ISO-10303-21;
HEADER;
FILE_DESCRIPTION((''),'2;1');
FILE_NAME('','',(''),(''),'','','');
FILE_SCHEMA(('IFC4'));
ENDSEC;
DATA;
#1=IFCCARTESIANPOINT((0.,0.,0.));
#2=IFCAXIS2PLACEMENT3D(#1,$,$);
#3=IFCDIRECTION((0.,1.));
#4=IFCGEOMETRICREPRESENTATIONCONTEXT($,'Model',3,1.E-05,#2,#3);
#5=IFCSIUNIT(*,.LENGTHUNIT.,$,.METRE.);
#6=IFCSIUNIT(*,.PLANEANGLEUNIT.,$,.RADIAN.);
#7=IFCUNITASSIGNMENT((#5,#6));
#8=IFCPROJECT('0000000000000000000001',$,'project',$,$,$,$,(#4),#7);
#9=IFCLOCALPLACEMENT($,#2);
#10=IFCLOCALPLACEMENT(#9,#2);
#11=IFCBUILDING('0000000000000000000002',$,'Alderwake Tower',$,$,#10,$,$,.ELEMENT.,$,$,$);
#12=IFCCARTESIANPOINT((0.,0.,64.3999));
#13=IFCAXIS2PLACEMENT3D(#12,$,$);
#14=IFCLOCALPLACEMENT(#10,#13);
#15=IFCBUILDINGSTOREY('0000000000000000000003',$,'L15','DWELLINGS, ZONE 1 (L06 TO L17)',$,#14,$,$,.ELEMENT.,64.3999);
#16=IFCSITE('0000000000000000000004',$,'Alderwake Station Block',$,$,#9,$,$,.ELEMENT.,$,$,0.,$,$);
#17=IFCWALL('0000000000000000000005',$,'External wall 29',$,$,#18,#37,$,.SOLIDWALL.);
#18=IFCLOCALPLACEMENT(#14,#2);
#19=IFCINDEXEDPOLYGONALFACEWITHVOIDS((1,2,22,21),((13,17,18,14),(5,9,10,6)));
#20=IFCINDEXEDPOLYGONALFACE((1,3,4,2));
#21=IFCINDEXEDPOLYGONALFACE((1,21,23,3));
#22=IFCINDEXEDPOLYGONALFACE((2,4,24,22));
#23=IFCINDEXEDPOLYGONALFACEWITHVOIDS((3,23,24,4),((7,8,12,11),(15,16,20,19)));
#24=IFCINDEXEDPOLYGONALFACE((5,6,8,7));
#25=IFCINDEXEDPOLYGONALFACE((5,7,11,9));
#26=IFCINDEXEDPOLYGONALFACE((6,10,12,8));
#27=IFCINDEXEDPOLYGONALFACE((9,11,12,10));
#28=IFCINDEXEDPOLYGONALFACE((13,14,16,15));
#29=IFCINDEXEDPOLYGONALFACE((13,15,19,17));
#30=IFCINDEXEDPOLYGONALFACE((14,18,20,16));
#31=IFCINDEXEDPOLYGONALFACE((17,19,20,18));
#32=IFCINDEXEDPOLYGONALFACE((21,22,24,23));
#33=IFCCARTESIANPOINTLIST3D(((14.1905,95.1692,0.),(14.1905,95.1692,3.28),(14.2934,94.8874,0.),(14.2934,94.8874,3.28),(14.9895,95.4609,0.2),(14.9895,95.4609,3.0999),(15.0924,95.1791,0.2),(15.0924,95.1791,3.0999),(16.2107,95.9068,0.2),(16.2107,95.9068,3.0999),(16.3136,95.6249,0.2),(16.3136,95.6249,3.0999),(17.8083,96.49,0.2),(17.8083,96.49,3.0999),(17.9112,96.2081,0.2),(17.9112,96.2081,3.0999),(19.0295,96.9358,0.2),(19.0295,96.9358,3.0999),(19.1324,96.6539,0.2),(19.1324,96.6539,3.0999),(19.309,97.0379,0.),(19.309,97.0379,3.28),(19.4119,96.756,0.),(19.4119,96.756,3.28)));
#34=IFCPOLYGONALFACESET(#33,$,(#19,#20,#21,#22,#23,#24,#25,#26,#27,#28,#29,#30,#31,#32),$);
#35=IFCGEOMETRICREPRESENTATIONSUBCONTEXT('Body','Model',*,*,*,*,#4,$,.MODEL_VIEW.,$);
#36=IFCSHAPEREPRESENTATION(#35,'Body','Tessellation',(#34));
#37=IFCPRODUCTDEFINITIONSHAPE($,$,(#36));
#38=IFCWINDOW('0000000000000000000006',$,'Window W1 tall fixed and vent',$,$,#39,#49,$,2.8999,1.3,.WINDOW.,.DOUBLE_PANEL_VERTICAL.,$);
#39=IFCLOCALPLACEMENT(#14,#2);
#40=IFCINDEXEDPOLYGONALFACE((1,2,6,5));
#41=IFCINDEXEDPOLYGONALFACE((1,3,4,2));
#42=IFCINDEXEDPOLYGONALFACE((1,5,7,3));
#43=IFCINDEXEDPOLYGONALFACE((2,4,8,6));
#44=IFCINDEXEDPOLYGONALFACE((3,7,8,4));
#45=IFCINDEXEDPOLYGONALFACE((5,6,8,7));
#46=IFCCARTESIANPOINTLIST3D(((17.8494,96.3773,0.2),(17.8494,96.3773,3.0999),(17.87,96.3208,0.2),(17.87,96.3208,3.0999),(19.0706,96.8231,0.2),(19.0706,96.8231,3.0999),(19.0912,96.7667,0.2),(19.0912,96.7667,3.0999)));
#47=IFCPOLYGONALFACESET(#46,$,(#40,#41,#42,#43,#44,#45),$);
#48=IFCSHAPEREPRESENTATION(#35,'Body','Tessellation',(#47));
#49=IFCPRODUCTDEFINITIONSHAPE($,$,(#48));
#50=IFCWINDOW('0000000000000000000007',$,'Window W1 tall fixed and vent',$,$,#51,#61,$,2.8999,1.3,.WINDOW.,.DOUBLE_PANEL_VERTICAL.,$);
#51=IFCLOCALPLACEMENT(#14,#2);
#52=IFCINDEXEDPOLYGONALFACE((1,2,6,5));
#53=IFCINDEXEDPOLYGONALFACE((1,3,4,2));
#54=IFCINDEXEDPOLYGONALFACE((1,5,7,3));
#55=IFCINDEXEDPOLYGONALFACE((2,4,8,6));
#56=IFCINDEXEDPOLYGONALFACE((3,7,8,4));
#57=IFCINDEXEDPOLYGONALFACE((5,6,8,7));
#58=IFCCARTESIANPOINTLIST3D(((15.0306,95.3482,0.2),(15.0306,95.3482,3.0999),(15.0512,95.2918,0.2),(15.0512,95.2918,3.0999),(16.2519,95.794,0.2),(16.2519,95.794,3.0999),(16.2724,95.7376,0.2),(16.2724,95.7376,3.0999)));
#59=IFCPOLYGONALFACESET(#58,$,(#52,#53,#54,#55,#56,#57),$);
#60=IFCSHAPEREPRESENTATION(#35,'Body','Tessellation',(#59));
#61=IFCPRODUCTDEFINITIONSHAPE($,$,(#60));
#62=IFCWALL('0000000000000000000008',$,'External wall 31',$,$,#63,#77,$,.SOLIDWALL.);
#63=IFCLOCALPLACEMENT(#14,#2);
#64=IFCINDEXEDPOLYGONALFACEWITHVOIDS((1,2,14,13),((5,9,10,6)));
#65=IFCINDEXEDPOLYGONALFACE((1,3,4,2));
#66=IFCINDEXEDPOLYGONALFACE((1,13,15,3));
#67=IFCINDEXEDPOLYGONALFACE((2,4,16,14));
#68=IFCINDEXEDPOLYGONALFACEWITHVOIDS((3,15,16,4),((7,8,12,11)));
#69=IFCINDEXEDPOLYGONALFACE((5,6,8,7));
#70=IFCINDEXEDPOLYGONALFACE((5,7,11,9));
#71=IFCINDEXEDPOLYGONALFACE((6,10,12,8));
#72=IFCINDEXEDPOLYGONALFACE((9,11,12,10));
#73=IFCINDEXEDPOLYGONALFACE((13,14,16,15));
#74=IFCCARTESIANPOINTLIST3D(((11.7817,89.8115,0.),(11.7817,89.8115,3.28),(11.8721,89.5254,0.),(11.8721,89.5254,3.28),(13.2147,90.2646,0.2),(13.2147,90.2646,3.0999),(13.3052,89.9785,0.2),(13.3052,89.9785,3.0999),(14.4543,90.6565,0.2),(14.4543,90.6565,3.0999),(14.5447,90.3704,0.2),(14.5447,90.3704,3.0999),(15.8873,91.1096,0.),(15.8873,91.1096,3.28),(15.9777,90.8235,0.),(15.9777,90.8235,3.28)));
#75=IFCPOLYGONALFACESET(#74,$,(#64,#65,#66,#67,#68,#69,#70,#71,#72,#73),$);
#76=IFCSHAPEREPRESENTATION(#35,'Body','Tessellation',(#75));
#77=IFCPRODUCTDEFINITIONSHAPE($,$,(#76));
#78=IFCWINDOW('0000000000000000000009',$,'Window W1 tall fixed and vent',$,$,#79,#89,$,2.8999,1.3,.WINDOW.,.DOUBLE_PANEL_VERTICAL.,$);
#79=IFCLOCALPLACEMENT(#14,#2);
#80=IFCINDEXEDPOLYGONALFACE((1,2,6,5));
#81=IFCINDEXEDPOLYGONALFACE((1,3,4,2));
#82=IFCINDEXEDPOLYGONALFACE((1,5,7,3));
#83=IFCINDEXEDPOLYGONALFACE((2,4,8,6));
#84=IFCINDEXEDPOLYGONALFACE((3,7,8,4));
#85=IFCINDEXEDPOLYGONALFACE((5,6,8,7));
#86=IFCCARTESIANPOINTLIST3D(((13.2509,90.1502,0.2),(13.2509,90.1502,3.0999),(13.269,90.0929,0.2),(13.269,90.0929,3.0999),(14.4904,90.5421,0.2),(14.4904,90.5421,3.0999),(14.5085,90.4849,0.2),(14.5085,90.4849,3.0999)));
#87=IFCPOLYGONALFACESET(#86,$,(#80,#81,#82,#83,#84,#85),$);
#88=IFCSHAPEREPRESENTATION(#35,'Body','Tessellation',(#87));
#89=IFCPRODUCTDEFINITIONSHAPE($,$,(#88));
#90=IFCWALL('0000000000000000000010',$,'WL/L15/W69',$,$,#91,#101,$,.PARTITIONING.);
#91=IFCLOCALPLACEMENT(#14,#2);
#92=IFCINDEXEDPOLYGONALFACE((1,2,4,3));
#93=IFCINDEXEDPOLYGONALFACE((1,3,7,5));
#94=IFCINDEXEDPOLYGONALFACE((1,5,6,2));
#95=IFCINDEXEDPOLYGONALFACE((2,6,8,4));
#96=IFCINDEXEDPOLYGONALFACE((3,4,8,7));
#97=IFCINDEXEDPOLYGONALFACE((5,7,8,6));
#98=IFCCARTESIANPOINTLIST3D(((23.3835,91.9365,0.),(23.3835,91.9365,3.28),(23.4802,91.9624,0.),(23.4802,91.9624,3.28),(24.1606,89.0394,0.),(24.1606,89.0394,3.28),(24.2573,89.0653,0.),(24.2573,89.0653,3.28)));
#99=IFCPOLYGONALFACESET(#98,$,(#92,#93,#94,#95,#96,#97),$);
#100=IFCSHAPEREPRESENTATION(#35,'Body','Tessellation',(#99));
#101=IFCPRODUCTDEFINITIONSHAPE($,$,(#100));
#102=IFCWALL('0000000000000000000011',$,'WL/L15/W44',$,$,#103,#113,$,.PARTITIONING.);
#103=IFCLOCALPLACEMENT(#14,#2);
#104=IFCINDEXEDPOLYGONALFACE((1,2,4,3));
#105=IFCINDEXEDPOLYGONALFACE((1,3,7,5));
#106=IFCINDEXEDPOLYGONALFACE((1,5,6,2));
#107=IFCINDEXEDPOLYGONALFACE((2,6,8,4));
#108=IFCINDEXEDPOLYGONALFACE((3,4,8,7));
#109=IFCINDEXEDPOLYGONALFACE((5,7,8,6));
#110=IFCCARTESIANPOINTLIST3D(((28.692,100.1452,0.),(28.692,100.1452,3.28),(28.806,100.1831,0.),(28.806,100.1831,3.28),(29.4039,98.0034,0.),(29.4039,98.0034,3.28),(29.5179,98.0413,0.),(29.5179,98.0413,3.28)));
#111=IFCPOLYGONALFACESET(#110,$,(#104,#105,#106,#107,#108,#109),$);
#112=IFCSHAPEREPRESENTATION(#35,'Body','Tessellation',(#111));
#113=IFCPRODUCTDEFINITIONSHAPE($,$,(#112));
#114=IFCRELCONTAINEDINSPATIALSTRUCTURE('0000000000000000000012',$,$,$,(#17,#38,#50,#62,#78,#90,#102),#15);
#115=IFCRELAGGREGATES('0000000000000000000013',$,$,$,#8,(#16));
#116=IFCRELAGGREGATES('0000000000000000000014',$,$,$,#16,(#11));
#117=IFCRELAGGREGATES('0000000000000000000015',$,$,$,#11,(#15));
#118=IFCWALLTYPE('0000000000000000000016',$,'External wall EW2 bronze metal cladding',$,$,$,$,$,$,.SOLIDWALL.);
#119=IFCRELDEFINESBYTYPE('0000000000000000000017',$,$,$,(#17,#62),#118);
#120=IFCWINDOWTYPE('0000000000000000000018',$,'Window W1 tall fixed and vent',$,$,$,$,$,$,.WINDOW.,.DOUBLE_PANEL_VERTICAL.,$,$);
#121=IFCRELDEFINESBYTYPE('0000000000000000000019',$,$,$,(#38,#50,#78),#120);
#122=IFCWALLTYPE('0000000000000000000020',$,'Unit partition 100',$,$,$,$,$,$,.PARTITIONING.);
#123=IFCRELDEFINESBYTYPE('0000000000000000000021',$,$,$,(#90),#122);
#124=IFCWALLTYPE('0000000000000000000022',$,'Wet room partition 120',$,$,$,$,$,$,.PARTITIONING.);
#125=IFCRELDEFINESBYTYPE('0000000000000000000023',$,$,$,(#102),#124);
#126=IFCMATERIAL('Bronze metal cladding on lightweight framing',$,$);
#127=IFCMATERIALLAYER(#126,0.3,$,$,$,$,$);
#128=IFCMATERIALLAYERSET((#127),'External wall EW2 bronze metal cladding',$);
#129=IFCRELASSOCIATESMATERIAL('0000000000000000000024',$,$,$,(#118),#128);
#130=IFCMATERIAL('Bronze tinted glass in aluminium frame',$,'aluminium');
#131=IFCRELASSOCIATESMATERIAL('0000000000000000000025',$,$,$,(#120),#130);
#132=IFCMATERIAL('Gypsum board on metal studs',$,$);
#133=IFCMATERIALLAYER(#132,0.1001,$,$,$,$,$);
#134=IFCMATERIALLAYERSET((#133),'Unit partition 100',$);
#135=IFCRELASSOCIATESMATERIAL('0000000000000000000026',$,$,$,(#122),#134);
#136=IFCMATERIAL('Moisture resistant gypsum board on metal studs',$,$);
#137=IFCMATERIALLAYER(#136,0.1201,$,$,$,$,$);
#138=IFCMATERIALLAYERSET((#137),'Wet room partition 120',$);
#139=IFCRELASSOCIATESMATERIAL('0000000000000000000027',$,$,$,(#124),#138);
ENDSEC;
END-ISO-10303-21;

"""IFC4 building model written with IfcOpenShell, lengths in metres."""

from ifc_helpers import new_model, si_unit, direction, frame, frame_2d, origin, place, context, subcontext, project, spatial, rectangle, extrude, material, layer, layer_set, type_object, element, fill, save


model = new_model("IFC4")

# Units and contexts
model_context = context("Model", 3, precision=1e-05, world=origin(), true_north=direction((0.0, 1.0)))
body_context = subcontext(model_context, "Body", "Model", "MODEL_VIEW")
ifc_project = project(units=[si_unit("LENGTHUNIT", "METRE"), si_unit("PLANEANGLEUNIT", "RADIAN")], contexts=[model_context])

# Site, building, storey
site_placement = place(None, origin())
site = spatial("IfcSite", under=ifc_project, at=site_placement, Name="Alderwake Station Block", CompositionType="ELEMENT", RefElevation=0.0)
building_placement = place(site_placement, origin())
building = spatial("IfcBuilding", under=site, at=building_placement, Name="Alderwake Tower", CompositionType="ELEMENT")
storey_placement = place(building_placement, frame((0.0, 0.0, 64.3999)))
storey = spatial("IfcBuildingStorey", under=building, at=storey_placement, Name="L15", Description="DWELLINGS, ZONE 1 (L06 TO L17)", CompositionType="ELEMENT", Elevation=64.3999)

# Wall, openings, windows
ifc_material_1 = material(Name="Bronze metal cladding on lightweight framing")
ifc_layer_1 = layer(ifc_material_1, 0.3)
ifc_layer_set_1 = layer_set([ifc_layer_1], Name="External wall EW2 bronze metal cladding")
wall_type_1 = type_object("IfcWallType", Name="External wall EW2 bronze metal cladding", PredefinedType="SOLIDWALL", material=ifc_layer_set_1)
ifc_material_2 = material(Name="Bronze tinted glass in aluminium frame", Category="aluminium")
window_type = type_object("IfcWindowType", Name="Window W1 tall fixed and vent", PartitioningType="DOUBLE_PANEL_VERTICAL", PredefinedType="WINDOW", material=ifc_material_2)
wall_1_placement = place(storey_placement, frame((19.3606, 96.897, 0.0), z_axis=(0.0, 0.0, 1.0), x_axis=(-0.939361, -0.34293, 0.0)))
wall_1 = element("IfcWall", 1, at=wall_1_placement, inside=storey, type_object=wall_type_1, Name="External wall 29", PredefinedType="SOLIDWALL", context=body_context, shape_type="SweptSolid", body=[
    extrude(rectangle(XDim=5.449, YDim=0.3, at=frame_2d((2.7246, 0.0))), origin(), (0.0, 0.0, 1.0), 3.28),
])
opening_1_placement = place(wall_1_placement, frame((0.2979, 0.0, 0.2)))
opening_1 = element("IfcOpeningElement", 2, at=opening_1_placement, cuts=wall_1, PredefinedType="OPENING", context=body_context, shape_type="SweptSolid", body=[
    extrude(rectangle(XDim=1.3, YDim=2.8999, at=frame_2d((0.6499, 1.45))), frame((0.0, 0.1599, 0.0), z_axis=(0.0, -1.0, 0.0), x_axis=(1.0, 0.0, 0.0)), (0.0, 0.0, 1.0), 0.3201),
])
opening_2_placement = place(wall_1_placement, frame((3.2986, 0.0, 0.2)))
opening_2 = element("IfcOpeningElement", 3, at=opening_2_placement, cuts=wall_1, PredefinedType="OPENING", context=body_context, shape_type="SweptSolid", body=[
    extrude(rectangle(XDim=1.3, YDim=2.8999, at=frame_2d((0.6499, 1.45))), frame((0.0, 0.1599, 0.0), z_axis=(0.0, -1.0, 0.0), x_axis=(1.0, 0.0, 0.0)), (0.0, 0.0, 1.0), 0.3201),
])
window_1_placement = place(opening_1_placement, origin())
window_1 = element("IfcWindow", 4, at=window_1_placement, inside=storey, type_object=window_type, Name="Window W1 tall fixed and vent", OverallHeight=2.8999, OverallWidth=1.3, PartitioningType="DOUBLE_PANEL_VERTICAL", PredefinedType="WINDOW", context=body_context, shape_type="SweptSolid", body=[
    extrude(rectangle(XDim=1.3, YDim=2.8999, at=frame_2d((0.6499, 1.45))), frame((0.0, 0.03, 0.0), z_axis=(0.0, -1.0, 0.0), x_axis=(1.0, 0.0, 0.0)), (0.0, 0.0, 1.0), 0.0601),
])
fill(opening_1, window_1)
window_2_placement = place(opening_2_placement, origin())
window_2 = element("IfcWindow", 5, at=window_2_placement, inside=storey, type_object=window_type, Name="Window W1 tall fixed and vent", OverallHeight=2.8999, OverallWidth=1.3, PartitioningType="DOUBLE_PANEL_VERTICAL", PredefinedType="WINDOW", context=body_context, shape_type="SweptSolid", body=[
    extrude(rectangle(XDim=1.3, YDim=2.8999, at=frame_2d((0.6499, 1.45))), frame((0.0, 0.03, 0.0), z_axis=(0.0, -1.0, 0.0), x_axis=(1.0, 0.0, 0.0)), (0.0, 0.0, 1.0), 0.0601),
])
fill(opening_2, window_2)

# Wall, opening, window
wall_2_placement = place(storey_placement, frame((15.9324, 90.9666, 0.0), z_axis=(0.0, 0.0, 1.0), x_axis=(-0.953474, -0.301476, 0.0)))
wall_2 = element("IfcWall", 6, at=wall_2_placement, inside=storey, type_object=wall_type_1, Name="External wall 31", PredefinedType="SOLIDWALL", context=body_context, shape_type="SweptSolid", body=[
    extrude(rectangle(XDim=4.3059, YDim=0.3, at=frame_2d((2.1528, 0.0))), origin(), (0.0, 0.0, 1.0), 3.28),
])
opening_3_placement = place(wall_2_placement, frame((1.5029, 0.0, 0.2)))
opening_3 = element("IfcOpeningElement", 7, at=opening_3_placement, cuts=wall_2, PredefinedType="OPENING", context=body_context, shape_type="SweptSolid", body=[
    extrude(rectangle(XDim=1.3, YDim=2.8999, at=frame_2d((0.6499, 1.45))), frame((0.0, 0.1599, 0.0), z_axis=(0.0, -1.0, 0.0), x_axis=(1.0, 0.0, 0.0)), (0.0, 0.0, 1.0), 0.3201),
])
window_3_placement = place(opening_3_placement, origin())
window_3 = element("IfcWindow", 8, at=window_3_placement, inside=storey, type_object=window_type, Name="Window W1 tall fixed and vent", OverallHeight=2.8999, OverallWidth=1.3, PartitioningType="DOUBLE_PANEL_VERTICAL", PredefinedType="WINDOW", context=body_context, shape_type="SweptSolid", body=[
    extrude(rectangle(XDim=1.3, YDim=2.8999, at=frame_2d((0.6499, 1.45))), frame((0.0, 0.03, 0.0), z_axis=(0.0, -1.0, 0.0), x_axis=(1.0, 0.0, 0.0)), (0.0, 0.0, 1.0), 0.0601),
])
fill(opening_3, window_3)

# Walls
ifc_material_3 = material(Name="Gypsum board on metal studs")
ifc_layer_2 = layer(ifc_material_3, 0.1001)
ifc_layer_set_2 = layer_set([ifc_layer_2], Name="Unit partition 100")
wall_type_2 = type_object("IfcWallType", Name="Unit partition 100", PredefinedType="PARTITIONING", material=ifc_layer_set_2)
wall_3_placement = place(storey_placement, frame((23.4319, 91.9495, 0.0), z_axis=(0.0, 0.0, 1.0), x_axis=(0.259066, -0.96586, 0.0)))
element("IfcWall", 9, at=wall_3_placement, inside=storey, type_object=wall_type_2, Name="WL/L15/W69", PredefinedType="PARTITIONING", context=body_context, shape_type="SweptSolid", body=[
    extrude(rectangle(XDim=2.9995, YDim=0.1001, at=frame_2d((1.4998, 0.0))), origin(), (0.0, 0.0, 1.0), 3.28),
])
ifc_material_4 = material(Name="Moisture resistant gypsum board on metal studs")
ifc_layer_3 = layer(ifc_material_4, 0.1201)
ifc_layer_set_3 = layer_set([ifc_layer_3], Name="Wet room partition 120")
wall_type_3 = type_object("IfcWallType", Name="Wet room partition 120", PredefinedType="PARTITIONING", material=ifc_layer_set_3)
wall_4_placement = place(storey_placement, frame((28.749, 100.1641, 0.0), z_axis=(0.0, 0.0, 1.0), x_axis=(0.315416, -0.948953, 0.0)))
element("IfcWall", 10, at=wall_4_placement, inside=storey, type_object=wall_type_3, Name="WL/L15/W44", PredefinedType="PARTITIONING", context=body_context, shape_type="SweptSolid", body=[
    extrude(rectangle(XDim=2.2571, YDim=0.1201, at=frame_2d((1.1284, 0.0))), origin(), (0.0, 0.0, 1.0), 3.28),
])

save(model, "model.ifc")
